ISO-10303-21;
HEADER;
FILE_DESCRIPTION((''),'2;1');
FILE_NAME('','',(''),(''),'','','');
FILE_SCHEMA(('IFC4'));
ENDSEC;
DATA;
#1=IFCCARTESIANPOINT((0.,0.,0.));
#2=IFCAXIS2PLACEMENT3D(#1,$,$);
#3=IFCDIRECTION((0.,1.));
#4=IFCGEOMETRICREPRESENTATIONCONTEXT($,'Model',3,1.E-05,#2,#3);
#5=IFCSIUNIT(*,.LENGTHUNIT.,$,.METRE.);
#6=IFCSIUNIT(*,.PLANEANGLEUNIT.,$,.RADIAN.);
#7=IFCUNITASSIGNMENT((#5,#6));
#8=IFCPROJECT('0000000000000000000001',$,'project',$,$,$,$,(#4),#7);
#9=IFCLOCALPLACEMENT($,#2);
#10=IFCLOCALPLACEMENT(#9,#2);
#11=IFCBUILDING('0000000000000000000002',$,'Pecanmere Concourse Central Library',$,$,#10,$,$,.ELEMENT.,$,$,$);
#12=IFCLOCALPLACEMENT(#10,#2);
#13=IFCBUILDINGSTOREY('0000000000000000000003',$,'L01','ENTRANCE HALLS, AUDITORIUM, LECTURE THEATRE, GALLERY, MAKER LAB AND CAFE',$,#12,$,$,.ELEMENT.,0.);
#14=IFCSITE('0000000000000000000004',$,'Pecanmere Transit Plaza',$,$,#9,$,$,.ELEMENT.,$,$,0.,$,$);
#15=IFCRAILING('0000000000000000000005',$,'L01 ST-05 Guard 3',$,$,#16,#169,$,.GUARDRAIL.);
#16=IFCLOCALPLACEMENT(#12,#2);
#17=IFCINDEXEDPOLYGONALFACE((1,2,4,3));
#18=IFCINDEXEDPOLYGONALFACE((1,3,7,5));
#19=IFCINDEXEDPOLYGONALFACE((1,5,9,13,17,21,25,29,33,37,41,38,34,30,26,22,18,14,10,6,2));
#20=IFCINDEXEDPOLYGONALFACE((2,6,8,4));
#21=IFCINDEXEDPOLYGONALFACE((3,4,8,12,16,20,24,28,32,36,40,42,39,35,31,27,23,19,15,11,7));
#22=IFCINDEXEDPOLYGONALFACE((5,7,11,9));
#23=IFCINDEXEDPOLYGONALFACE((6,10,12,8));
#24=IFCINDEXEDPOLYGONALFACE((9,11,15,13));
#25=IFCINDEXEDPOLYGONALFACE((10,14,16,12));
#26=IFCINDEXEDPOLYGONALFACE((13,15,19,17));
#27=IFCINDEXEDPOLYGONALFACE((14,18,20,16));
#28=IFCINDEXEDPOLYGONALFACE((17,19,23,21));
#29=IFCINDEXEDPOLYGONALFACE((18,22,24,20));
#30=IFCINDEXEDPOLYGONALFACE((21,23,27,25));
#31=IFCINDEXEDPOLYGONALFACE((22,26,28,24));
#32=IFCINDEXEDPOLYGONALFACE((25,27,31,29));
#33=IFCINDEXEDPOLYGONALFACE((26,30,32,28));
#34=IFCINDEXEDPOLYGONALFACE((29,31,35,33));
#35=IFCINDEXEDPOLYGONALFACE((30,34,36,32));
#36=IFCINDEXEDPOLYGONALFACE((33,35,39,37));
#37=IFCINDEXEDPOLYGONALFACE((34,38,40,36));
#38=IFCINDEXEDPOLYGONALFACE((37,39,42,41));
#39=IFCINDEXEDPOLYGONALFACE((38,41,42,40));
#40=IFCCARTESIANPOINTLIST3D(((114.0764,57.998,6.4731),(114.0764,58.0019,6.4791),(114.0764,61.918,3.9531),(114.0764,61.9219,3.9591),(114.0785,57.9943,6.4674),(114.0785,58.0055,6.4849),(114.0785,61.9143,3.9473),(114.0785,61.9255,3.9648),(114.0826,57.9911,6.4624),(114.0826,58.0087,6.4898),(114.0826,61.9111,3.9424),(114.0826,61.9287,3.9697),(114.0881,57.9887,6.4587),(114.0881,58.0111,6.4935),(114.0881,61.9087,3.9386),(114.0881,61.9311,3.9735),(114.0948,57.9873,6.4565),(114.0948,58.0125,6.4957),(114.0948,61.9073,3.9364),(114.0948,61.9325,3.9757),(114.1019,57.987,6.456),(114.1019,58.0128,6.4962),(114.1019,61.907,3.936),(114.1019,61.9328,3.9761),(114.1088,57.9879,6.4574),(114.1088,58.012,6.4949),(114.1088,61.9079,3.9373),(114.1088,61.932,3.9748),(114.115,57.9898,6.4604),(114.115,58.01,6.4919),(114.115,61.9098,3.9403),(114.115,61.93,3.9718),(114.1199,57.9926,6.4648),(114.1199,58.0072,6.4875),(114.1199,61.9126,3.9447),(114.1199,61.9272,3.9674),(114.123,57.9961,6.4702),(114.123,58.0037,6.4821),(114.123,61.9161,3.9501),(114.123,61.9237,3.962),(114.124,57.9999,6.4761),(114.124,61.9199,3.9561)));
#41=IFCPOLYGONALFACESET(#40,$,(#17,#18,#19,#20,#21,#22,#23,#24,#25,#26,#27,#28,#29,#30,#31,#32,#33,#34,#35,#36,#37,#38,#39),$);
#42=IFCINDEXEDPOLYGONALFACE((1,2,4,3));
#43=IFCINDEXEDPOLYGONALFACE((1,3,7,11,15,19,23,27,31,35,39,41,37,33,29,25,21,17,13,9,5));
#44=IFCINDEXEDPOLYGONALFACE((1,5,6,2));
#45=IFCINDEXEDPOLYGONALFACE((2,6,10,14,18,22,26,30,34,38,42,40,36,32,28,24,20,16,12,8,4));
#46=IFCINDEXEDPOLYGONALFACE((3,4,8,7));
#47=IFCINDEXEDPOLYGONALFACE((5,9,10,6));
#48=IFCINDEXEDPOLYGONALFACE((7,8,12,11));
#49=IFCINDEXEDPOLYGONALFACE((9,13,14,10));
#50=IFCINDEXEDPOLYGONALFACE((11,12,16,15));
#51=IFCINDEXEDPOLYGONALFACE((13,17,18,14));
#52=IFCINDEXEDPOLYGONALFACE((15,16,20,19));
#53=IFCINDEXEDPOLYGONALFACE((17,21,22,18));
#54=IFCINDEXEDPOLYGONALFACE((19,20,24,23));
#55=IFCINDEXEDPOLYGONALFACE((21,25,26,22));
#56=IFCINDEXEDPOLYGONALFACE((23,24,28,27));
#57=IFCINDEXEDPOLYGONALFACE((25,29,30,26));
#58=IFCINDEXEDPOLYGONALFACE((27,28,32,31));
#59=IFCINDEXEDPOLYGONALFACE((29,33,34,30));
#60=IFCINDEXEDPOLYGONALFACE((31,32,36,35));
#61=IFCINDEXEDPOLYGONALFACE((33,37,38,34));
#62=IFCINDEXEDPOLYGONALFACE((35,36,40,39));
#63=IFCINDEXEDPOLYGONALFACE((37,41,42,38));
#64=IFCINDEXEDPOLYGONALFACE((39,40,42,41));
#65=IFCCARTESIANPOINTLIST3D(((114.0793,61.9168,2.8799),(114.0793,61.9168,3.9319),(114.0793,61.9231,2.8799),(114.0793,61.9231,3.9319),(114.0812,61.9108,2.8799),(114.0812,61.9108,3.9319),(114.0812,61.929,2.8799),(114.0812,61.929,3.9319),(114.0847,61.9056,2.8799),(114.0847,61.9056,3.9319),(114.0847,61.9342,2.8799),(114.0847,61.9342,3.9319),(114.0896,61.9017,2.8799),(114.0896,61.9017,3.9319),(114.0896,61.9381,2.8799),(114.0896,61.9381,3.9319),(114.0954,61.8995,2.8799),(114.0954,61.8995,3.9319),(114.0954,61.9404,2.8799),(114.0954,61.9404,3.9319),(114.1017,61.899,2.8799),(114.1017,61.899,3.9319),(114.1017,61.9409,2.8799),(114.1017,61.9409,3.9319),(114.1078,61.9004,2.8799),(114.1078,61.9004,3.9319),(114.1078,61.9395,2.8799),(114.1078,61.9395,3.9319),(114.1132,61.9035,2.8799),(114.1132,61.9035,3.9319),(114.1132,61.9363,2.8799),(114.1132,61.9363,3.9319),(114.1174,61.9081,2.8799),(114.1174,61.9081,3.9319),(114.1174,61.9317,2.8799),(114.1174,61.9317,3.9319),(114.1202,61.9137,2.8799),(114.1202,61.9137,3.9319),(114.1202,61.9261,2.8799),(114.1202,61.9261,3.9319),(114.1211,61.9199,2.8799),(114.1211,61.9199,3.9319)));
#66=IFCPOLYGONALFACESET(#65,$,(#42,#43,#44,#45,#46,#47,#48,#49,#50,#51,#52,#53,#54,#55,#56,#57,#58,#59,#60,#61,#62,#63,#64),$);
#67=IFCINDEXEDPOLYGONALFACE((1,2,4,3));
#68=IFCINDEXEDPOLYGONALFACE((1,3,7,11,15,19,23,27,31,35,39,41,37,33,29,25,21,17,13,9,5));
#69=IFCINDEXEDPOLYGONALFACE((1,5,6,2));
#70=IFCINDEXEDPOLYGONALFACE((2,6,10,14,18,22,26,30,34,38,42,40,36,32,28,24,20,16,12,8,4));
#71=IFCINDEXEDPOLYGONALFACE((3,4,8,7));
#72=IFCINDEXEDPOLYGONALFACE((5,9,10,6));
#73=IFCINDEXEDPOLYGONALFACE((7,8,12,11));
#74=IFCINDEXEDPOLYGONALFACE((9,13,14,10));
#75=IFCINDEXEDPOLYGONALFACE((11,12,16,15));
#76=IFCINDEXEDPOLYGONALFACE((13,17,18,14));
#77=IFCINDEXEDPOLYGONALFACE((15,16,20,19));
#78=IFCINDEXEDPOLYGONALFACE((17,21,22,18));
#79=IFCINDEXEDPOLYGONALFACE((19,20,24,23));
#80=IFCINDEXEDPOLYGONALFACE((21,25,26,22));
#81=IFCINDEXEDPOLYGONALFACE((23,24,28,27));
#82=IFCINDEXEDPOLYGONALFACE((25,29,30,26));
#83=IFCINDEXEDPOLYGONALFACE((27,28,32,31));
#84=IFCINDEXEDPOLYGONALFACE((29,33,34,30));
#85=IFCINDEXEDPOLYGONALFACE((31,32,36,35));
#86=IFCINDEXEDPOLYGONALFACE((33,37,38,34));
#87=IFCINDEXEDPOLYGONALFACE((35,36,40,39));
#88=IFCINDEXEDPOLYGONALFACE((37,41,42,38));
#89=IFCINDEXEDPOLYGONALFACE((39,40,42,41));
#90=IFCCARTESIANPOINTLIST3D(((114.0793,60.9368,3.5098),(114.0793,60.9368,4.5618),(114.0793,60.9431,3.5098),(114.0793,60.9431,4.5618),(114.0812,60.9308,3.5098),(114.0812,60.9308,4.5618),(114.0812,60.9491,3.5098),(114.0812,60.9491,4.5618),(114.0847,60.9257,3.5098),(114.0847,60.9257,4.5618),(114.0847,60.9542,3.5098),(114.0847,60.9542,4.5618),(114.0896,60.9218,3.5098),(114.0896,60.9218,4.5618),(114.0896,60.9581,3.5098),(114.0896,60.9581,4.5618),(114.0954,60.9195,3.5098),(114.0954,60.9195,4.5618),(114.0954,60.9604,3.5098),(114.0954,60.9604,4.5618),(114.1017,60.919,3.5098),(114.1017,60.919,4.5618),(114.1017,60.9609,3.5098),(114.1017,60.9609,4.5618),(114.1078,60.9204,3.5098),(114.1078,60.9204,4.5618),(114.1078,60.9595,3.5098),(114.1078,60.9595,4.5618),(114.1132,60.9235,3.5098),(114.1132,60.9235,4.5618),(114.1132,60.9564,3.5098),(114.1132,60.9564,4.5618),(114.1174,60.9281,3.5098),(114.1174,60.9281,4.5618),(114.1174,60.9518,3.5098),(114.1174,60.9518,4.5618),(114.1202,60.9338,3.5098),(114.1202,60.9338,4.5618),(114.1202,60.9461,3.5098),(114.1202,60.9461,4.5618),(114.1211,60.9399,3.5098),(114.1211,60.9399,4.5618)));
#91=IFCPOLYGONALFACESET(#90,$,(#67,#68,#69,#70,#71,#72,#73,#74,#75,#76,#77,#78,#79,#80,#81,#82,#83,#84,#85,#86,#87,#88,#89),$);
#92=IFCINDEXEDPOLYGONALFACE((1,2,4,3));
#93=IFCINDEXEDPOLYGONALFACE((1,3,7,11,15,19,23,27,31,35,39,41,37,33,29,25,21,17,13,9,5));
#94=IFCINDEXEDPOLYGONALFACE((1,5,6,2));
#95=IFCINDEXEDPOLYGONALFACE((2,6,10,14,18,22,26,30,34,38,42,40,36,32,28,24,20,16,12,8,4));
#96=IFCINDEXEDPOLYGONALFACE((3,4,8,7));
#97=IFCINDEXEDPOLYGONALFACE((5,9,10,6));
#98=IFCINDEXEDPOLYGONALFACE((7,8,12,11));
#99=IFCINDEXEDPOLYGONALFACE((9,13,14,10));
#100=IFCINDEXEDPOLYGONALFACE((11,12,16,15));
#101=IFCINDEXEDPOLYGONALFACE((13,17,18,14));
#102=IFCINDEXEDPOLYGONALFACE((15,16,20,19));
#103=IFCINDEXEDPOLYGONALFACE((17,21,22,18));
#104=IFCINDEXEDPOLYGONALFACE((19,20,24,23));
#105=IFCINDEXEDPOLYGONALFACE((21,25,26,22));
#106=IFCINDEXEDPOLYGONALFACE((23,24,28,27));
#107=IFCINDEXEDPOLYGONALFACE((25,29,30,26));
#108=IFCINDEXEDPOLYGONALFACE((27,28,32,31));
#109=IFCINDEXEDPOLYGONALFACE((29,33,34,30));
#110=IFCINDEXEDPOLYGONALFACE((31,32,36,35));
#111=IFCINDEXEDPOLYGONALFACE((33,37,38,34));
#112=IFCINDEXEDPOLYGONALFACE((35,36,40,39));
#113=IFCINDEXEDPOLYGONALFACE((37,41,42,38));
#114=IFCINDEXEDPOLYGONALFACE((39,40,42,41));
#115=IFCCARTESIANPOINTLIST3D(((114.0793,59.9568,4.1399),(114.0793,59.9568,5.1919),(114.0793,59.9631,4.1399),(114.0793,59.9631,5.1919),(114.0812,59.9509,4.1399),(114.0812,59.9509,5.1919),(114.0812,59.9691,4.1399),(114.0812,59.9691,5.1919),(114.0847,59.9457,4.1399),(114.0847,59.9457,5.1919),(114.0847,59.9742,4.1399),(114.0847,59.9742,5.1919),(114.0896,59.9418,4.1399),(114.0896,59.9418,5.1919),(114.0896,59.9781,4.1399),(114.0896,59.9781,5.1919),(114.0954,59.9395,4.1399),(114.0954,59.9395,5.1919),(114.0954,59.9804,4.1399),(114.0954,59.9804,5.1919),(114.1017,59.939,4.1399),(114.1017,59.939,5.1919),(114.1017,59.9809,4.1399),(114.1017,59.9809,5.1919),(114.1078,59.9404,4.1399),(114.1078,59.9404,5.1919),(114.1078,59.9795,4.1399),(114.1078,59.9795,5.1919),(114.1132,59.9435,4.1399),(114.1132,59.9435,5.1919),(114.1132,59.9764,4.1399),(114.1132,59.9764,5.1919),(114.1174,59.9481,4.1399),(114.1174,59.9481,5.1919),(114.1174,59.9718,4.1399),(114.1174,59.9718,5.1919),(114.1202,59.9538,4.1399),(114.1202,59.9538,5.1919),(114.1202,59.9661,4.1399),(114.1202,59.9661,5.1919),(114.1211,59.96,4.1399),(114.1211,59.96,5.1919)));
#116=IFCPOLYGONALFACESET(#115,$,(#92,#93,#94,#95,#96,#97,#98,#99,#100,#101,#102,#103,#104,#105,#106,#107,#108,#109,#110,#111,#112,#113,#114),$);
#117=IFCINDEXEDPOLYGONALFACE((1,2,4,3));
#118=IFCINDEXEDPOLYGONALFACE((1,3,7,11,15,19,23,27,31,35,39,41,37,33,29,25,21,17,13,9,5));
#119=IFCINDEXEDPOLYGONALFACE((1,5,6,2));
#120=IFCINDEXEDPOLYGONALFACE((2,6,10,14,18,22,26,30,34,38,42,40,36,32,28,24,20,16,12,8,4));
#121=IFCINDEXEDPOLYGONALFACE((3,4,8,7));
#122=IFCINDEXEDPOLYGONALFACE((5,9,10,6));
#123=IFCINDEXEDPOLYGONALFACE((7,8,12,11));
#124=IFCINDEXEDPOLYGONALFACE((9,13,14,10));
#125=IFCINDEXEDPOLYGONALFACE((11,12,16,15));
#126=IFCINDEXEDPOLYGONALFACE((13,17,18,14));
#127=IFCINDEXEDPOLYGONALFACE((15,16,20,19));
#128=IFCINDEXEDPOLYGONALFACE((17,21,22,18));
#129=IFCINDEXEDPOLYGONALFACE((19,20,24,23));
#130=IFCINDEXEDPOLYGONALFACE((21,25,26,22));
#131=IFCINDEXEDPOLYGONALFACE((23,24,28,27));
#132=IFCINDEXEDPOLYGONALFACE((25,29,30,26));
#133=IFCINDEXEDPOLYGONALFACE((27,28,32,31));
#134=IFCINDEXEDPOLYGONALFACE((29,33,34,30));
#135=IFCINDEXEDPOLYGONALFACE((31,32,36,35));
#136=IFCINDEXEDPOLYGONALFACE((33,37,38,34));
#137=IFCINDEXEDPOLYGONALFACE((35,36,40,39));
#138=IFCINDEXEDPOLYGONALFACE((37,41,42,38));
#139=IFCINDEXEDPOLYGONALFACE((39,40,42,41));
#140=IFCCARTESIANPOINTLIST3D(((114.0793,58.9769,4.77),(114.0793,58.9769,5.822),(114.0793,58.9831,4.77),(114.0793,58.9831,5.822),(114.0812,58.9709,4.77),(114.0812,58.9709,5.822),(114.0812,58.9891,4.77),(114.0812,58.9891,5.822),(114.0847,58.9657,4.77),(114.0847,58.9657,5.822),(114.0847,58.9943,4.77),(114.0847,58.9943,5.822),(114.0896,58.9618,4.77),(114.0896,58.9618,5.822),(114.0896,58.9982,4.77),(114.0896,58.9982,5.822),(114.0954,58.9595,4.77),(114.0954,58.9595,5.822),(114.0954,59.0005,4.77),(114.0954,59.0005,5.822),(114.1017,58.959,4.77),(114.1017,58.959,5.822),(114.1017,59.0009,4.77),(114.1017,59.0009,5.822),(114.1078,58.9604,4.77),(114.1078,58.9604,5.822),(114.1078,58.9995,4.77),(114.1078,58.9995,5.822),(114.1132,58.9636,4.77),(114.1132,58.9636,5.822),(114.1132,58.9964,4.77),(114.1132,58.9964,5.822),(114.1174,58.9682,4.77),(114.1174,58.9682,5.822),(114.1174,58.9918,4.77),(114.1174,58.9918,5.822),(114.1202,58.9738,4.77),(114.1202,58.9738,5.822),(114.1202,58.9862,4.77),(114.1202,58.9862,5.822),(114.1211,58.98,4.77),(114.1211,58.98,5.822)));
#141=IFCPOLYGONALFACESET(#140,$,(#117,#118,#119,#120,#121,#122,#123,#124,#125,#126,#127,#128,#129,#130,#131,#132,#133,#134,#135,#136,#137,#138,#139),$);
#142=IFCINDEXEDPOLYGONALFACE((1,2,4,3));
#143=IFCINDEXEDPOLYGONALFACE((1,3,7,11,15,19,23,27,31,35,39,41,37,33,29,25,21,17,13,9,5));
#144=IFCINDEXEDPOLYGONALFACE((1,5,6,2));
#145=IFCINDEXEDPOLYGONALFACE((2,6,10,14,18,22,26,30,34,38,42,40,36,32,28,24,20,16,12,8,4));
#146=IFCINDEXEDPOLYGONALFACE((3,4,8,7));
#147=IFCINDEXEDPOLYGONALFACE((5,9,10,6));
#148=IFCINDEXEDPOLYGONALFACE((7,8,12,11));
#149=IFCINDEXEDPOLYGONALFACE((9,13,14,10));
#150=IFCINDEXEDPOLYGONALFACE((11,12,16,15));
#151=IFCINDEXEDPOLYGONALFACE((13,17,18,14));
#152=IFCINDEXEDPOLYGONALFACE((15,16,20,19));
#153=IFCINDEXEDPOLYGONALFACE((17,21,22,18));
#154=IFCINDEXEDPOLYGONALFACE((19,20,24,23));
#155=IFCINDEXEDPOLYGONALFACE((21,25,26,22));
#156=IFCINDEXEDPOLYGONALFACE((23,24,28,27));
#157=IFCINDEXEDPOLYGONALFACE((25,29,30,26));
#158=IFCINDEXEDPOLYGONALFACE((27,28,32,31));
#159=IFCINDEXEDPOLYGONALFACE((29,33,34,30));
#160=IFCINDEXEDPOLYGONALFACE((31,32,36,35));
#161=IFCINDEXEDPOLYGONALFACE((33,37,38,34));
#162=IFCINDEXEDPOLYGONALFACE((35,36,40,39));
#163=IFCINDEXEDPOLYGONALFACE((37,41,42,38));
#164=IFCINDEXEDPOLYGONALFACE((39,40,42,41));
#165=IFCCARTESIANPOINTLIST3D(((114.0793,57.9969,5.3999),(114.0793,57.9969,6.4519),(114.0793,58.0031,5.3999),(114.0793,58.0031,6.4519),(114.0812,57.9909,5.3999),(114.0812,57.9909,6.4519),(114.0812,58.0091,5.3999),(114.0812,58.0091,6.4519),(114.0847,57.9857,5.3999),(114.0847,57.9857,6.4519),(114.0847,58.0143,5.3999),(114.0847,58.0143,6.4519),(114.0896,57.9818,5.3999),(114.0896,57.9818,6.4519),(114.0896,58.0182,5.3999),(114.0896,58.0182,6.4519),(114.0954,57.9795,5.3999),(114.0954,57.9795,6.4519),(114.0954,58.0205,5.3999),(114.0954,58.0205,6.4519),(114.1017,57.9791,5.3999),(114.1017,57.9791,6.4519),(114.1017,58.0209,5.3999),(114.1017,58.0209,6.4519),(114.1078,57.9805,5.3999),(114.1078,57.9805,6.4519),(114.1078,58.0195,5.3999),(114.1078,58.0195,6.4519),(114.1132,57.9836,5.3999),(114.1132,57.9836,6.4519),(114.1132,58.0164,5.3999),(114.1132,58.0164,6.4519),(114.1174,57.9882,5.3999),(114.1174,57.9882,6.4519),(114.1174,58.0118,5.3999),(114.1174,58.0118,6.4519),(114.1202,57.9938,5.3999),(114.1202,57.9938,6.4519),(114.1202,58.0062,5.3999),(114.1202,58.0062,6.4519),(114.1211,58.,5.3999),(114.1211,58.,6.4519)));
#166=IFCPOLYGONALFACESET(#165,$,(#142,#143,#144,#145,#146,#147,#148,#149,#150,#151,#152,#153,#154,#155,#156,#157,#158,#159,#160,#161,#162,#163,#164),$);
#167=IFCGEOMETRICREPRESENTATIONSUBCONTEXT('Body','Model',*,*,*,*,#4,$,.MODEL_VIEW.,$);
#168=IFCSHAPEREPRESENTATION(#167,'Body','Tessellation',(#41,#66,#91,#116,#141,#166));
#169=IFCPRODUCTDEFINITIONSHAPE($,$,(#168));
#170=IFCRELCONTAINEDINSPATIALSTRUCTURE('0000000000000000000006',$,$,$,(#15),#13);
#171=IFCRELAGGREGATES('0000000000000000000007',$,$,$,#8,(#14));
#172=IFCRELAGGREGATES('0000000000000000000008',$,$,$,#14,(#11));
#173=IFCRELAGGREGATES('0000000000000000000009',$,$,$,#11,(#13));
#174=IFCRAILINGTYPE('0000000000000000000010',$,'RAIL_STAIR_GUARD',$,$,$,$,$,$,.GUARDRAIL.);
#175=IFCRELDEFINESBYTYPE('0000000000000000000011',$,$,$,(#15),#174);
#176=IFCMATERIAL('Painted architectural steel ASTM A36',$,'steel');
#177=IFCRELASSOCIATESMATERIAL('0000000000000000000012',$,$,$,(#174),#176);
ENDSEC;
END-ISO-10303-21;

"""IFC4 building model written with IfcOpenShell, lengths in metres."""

from ifc_helpers import new_model, si_unit, direction, frame, origin, origin_2d, place, context, subcontext, project, spatial, circle, extrude, material, type_object, element, save


model = new_model("IFC4")

# Units and contexts
model_context = context("Model", 3, precision=1e-05, world=origin(), true_north=direction((0.0, 1.0)))
body_context = subcontext(model_context, "Body", "Model", "MODEL_VIEW")
ifc_project = project(units=[si_unit("LENGTHUNIT", "METRE"), si_unit("PLANEANGLEUNIT", "RADIAN")], contexts=[model_context])

# Site, building, storey
site_placement = place(None, origin())
site = spatial("IfcSite", under=ifc_project, at=site_placement, Name="Pecanmere Transit Plaza", CompositionType="ELEMENT", RefElevation=0.0)
building_placement = place(site_placement, origin())
building = spatial("IfcBuilding", under=site, at=building_placement, Name="Pecanmere Concourse Central Library", CompositionType="ELEMENT")
storey_placement = place(building_placement, origin())
storey = spatial("IfcBuildingStorey", under=building, at=storey_placement, Name="L01", Description="ENTRANCE HALLS, AUDITORIUM, LECTURE THEATRE, GALLERY, MAKER LAB AND CAFE", CompositionType="ELEMENT", Elevation=0.0)

# Railing
ifc_material_1 = material(Name="Painted architectural steel ASTM A36", Category="steel")
railing_type_1 = type_object("IfcRailingType", Name="RAIL_STAIR_GUARD", PredefinedType="GUARDRAIL", material=ifc_material_1)
railing_1_placement = place(storey_placement, frame((114.1001, 61.9199, 2.8799)))
element("IfcRailing", 1, at=railing_1_placement, inside=storey, type_object=railing_type_1, Name="L01 ST-05 Guard 3", PredefinedType="GUARDRAIL", context=body_context, shape_type="SweptSolid", body=[
    extrude(circle(Radius=0.0239, at=origin_2d()), frame((0.0, 0.0, 1.0762), z_axis=(0.0, -0.841172, 0.540768), x_axis=(1.0, 0.0, 0.0)), (0.0, 0.0, 1.0), 4.6602),
    extrude(circle(Radius=0.021, at=origin_2d()), origin(), (0.0, 0.0, 1.0), 1.052),
    extrude(circle(Radius=0.021, at=origin_2d()), frame((0.0, -0.98, 0.6299)), (0.0, 0.0, 1.0), 1.052),
    extrude(circle(Radius=0.021, at=origin_2d()), frame((0.0, -1.96, 1.26)), (0.0, 0.0, 1.0), 1.052),
    extrude(circle(Radius=0.021, at=origin_2d()), frame((0.0, -2.9399, 1.8901)), (0.0, 0.0, 1.0), 1.052),
    extrude(circle(Radius=0.021, at=origin_2d()), frame((0.0, -3.9199, 2.52)), (0.0, 0.0, 1.0), 1.052),
])

save(model, "model.ifc")
